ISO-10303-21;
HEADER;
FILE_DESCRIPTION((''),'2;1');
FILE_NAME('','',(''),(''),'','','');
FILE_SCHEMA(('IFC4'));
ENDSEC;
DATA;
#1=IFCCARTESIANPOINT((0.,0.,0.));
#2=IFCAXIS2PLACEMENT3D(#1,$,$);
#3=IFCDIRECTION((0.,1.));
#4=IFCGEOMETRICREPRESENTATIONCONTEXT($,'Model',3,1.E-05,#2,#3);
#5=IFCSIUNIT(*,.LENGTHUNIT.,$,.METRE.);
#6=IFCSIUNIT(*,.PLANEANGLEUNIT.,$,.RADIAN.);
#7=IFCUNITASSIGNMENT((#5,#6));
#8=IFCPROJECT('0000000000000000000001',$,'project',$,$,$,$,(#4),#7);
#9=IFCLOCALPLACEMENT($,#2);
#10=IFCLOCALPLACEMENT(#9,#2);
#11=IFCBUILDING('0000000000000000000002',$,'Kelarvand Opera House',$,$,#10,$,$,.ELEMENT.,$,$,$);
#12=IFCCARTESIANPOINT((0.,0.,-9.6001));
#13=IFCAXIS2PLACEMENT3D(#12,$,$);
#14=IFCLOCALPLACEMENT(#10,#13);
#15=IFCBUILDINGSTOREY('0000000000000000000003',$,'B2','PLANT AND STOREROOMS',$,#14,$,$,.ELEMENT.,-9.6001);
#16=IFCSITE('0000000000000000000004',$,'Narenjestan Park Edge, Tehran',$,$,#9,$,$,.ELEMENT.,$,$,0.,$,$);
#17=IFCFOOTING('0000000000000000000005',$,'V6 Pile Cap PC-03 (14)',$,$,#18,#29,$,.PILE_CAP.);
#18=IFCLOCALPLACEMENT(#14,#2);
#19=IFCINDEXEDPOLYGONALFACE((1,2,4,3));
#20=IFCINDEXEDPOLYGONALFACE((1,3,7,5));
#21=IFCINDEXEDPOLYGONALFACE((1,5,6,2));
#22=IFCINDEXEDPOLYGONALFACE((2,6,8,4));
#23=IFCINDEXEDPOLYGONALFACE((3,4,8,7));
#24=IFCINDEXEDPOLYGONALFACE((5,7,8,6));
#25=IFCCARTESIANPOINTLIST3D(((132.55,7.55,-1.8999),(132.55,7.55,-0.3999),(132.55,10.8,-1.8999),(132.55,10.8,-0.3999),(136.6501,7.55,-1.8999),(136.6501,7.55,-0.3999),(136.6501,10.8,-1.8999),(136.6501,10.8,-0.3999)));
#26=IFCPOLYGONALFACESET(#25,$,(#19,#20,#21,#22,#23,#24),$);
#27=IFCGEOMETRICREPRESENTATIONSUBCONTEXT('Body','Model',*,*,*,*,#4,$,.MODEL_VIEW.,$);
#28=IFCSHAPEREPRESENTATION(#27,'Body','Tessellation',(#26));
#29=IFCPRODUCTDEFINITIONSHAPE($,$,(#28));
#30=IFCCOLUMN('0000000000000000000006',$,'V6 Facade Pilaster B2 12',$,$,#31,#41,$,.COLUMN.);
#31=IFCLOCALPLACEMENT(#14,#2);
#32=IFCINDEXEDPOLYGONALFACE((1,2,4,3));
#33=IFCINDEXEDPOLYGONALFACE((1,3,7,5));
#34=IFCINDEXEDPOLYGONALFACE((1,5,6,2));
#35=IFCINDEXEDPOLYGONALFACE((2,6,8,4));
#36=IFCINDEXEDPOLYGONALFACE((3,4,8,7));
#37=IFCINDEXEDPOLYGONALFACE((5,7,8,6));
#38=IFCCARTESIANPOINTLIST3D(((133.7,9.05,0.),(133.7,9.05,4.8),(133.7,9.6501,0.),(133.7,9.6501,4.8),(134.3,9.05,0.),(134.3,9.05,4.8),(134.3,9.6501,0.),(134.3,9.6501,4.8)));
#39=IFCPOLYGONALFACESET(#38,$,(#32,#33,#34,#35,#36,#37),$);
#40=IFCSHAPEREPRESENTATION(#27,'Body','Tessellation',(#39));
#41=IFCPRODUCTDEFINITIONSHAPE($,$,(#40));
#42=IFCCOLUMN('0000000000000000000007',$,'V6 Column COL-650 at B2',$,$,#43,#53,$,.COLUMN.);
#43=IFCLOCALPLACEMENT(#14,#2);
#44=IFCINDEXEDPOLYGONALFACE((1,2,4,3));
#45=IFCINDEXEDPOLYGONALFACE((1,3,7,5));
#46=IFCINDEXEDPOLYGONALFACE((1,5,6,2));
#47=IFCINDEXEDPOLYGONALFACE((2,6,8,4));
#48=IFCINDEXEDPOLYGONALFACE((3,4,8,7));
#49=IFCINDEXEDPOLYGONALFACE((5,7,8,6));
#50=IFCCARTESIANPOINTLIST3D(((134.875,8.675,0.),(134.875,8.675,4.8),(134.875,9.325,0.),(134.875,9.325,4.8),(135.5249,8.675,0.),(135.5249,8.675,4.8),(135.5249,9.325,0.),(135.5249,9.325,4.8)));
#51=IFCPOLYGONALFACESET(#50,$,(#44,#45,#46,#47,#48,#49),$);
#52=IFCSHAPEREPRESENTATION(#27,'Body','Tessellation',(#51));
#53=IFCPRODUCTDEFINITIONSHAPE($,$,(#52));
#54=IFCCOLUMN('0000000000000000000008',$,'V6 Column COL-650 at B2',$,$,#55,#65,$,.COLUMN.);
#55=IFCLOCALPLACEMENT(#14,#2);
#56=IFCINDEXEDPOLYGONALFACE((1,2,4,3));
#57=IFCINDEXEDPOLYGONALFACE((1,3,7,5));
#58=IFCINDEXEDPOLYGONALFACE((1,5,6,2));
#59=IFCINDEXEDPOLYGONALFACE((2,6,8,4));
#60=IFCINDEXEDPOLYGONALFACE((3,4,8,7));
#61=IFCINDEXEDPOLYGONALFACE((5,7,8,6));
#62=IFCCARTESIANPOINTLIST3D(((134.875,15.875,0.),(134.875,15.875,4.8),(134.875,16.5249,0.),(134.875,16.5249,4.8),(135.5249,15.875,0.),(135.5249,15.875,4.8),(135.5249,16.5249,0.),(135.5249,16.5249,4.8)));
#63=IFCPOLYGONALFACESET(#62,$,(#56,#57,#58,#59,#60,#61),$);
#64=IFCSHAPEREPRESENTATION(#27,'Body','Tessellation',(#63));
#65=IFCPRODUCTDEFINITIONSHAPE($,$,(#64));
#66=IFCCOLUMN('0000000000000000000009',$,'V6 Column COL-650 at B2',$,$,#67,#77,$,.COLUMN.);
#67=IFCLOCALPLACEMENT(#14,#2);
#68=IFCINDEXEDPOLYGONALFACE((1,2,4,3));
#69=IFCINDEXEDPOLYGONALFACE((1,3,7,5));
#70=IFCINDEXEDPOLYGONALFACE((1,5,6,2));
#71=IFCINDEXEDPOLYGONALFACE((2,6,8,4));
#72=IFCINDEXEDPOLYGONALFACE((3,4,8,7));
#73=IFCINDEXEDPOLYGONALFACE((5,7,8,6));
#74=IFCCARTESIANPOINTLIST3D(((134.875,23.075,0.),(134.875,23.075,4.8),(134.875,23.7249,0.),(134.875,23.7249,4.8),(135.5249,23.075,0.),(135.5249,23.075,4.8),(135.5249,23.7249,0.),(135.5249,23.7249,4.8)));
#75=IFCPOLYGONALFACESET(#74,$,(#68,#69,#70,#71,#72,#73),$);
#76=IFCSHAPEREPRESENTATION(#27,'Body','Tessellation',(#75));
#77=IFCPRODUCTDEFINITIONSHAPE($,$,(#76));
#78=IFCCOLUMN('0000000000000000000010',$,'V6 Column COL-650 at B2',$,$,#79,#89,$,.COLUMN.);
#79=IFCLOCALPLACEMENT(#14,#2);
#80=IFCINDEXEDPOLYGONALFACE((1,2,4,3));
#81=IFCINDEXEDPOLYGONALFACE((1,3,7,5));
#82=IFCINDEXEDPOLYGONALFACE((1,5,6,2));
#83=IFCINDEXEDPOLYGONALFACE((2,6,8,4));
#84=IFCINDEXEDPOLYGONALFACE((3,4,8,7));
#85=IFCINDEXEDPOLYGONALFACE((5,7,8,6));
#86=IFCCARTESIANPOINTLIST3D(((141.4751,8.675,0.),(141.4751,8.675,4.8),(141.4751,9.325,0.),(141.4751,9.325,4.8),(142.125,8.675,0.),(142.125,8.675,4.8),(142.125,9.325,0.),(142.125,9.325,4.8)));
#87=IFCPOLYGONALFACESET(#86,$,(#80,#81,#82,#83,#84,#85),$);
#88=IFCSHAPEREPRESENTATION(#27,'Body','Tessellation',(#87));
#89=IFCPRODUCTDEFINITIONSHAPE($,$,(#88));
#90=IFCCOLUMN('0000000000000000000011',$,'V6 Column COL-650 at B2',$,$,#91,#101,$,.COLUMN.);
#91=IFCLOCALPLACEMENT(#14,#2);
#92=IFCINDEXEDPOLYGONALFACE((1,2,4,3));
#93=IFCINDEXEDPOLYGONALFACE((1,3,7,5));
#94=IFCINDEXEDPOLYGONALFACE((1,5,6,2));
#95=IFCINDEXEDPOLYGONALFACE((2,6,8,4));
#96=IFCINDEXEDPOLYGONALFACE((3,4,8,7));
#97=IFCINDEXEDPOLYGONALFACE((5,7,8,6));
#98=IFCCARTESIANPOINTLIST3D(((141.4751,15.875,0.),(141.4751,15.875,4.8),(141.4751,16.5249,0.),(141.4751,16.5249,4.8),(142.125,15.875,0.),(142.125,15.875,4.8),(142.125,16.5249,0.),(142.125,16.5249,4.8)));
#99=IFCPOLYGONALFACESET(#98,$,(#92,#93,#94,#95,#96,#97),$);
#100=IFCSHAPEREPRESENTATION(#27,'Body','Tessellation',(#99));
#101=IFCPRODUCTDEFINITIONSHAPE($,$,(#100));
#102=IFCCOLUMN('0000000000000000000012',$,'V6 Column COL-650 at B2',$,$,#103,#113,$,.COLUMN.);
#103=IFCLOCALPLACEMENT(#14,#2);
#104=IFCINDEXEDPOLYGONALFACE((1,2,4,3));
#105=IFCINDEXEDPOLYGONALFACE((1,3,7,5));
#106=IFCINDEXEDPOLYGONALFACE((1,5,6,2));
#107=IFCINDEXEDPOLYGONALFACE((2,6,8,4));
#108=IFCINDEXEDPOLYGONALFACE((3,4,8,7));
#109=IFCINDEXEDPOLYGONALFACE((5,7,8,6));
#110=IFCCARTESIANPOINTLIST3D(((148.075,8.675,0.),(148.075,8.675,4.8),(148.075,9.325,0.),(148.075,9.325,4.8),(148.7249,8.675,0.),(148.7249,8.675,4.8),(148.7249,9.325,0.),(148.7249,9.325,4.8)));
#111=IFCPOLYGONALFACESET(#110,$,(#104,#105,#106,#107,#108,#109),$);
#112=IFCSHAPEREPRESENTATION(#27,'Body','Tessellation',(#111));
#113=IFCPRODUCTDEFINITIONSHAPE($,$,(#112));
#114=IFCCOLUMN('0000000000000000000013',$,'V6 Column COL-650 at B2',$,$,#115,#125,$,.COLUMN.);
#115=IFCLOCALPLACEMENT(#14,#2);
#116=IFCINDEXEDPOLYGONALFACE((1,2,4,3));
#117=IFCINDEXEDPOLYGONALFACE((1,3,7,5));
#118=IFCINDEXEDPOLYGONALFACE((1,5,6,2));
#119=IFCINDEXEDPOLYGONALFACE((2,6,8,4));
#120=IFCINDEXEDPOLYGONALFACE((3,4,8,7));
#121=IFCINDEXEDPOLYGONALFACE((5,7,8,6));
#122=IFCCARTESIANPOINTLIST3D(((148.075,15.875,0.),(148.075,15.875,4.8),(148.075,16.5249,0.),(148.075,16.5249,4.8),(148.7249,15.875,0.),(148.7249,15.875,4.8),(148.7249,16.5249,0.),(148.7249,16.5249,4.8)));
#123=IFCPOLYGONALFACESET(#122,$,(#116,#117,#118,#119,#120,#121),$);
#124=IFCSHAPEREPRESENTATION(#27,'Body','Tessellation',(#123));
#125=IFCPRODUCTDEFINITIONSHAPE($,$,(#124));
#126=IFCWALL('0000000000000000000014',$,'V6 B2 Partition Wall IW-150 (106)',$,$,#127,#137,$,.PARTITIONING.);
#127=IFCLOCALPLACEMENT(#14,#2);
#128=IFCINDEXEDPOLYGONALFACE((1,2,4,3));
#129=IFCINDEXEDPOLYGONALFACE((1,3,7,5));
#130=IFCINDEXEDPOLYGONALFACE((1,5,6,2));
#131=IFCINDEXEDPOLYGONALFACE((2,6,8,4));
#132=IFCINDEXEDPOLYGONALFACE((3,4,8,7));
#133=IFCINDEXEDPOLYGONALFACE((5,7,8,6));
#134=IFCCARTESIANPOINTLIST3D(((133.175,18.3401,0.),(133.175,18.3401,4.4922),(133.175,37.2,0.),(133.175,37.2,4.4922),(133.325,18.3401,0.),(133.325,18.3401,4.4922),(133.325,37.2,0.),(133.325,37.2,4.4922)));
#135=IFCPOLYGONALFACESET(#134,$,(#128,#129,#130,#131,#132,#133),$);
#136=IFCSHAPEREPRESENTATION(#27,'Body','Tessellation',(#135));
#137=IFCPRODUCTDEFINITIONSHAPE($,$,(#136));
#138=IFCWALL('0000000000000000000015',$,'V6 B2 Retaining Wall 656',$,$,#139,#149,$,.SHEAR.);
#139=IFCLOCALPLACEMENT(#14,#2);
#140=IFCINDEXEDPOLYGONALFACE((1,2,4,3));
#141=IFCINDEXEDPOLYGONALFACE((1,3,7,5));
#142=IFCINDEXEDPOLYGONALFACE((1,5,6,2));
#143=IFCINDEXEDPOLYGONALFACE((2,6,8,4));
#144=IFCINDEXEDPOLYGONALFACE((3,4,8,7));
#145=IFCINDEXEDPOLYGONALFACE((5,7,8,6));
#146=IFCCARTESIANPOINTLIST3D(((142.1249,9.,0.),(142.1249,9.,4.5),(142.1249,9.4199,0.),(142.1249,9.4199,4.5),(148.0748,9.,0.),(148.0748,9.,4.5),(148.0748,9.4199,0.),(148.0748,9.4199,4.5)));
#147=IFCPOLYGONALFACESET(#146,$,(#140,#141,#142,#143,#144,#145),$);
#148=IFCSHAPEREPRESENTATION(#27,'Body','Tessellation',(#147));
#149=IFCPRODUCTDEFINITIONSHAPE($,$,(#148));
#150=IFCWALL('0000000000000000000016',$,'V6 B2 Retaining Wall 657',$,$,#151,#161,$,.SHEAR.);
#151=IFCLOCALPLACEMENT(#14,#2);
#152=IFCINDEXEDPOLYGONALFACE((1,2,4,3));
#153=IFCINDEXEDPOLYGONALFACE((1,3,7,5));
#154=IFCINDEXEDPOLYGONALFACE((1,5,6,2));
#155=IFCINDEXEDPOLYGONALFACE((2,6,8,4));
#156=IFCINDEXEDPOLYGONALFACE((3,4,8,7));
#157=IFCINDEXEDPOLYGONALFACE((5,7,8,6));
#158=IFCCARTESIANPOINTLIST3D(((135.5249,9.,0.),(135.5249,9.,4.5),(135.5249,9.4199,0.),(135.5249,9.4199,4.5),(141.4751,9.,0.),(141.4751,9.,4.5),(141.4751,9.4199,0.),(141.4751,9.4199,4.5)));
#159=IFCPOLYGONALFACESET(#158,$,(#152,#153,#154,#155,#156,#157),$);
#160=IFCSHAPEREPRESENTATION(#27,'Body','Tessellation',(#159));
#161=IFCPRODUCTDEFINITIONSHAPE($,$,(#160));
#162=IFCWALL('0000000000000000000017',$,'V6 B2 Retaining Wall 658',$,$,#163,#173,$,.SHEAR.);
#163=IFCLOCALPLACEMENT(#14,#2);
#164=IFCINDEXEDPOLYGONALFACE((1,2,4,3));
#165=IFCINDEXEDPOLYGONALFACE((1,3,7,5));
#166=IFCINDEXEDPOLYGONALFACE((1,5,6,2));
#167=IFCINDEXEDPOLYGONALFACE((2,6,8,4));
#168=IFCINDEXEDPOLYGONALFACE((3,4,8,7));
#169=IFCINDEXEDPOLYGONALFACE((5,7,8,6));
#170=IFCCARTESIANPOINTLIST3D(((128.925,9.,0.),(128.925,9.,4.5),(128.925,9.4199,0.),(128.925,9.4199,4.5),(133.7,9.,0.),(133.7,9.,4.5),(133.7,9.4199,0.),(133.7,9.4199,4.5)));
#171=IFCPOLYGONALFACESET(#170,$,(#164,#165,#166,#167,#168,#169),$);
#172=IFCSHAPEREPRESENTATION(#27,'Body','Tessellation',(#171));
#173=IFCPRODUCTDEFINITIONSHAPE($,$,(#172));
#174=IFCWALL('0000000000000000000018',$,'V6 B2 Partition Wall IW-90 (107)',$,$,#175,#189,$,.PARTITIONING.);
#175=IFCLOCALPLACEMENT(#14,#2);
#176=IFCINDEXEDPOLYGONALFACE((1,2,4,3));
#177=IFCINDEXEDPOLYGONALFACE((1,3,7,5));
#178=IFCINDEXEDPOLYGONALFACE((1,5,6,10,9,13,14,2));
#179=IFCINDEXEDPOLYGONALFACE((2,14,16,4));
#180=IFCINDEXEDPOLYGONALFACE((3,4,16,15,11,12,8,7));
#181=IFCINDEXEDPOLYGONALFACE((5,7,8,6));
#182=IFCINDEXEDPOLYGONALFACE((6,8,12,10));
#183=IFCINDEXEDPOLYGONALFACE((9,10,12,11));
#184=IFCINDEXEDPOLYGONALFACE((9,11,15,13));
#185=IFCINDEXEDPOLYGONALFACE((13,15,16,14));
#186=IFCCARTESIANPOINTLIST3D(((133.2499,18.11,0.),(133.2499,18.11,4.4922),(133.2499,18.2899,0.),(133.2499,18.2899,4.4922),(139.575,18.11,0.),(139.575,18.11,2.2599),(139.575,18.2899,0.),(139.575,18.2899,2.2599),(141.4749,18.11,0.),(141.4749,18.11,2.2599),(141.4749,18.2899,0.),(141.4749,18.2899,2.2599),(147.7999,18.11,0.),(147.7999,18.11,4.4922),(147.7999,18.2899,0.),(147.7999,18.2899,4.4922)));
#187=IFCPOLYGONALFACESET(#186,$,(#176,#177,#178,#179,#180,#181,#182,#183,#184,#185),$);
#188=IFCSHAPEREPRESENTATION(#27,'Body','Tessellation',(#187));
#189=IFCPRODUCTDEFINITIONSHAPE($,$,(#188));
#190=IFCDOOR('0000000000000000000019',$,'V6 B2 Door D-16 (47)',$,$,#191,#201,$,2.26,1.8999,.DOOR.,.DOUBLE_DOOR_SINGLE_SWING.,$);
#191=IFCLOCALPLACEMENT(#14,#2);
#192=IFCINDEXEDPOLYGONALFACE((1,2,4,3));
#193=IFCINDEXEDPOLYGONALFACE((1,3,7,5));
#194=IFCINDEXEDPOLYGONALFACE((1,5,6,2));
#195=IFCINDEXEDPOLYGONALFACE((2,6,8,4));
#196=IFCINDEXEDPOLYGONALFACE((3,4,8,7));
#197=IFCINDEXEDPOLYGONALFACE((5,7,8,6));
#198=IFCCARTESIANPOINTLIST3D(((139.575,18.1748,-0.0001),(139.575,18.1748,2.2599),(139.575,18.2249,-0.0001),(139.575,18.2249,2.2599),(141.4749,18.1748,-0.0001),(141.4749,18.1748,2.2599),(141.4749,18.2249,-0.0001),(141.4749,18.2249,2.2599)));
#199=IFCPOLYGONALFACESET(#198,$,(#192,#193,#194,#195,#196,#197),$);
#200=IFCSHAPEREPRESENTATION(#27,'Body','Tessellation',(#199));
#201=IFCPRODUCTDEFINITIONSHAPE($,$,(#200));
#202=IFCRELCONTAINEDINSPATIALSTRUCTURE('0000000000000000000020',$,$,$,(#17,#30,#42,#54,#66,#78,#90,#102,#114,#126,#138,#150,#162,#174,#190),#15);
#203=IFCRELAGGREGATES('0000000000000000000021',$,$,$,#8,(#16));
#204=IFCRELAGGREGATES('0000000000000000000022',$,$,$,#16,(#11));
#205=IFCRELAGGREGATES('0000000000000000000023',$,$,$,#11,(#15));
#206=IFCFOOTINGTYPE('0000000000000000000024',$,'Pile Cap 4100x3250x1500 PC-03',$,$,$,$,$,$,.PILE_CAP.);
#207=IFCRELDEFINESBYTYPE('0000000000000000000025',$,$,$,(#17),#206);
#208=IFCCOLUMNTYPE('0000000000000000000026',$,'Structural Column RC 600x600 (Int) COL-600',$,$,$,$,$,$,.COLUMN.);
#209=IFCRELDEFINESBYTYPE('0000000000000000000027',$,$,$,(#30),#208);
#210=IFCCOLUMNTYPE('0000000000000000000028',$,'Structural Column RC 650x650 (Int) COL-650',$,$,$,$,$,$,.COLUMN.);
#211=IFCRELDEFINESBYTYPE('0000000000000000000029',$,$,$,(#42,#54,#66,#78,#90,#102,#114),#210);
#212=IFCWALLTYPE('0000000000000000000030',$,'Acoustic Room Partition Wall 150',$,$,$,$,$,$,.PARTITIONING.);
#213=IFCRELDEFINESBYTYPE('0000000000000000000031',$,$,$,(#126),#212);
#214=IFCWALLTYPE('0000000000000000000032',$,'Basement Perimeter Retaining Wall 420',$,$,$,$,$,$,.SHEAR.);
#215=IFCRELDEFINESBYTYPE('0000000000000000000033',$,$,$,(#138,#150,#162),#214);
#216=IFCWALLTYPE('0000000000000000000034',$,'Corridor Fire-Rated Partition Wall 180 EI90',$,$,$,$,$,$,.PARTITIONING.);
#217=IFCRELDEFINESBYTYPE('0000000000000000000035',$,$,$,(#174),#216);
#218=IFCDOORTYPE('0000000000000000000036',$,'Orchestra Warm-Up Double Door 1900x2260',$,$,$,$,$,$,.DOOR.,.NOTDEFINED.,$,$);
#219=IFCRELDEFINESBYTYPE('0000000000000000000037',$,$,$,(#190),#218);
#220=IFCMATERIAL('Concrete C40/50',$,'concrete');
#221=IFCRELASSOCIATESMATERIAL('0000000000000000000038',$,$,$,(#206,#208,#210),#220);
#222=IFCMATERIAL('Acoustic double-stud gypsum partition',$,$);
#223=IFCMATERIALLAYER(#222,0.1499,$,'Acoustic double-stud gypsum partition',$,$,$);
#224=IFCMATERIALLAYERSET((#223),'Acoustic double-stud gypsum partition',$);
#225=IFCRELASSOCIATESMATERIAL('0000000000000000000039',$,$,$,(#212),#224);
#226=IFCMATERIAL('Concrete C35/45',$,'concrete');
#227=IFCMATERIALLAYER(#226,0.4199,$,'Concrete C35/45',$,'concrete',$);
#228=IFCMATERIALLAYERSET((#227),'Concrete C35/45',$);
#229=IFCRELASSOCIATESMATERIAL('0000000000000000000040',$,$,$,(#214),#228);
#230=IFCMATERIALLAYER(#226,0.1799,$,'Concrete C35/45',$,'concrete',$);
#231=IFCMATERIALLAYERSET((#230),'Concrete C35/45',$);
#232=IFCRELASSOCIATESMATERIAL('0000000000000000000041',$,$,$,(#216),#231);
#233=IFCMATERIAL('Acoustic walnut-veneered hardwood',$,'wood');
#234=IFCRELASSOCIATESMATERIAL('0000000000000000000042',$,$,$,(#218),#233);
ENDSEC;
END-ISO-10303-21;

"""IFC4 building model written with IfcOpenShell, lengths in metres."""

from ifc_helpers import new_model, si_unit, direction, frame, frame_2d, origin, origin_2d, place, context, subcontext, project, spatial, rectangle, extrude, material, layer, layer_set, material_profile, profile_set, type_object, element, fill, save


model = new_model("IFC4")

# Units and contexts
model_context = context("Model", 3, precision=1e-05, world=origin(), true_north=direction((0.0, 1.0)))
body_context = subcontext(model_context, "Body", "Model", "MODEL_VIEW")
ifc_project = project(units=[si_unit("LENGTHUNIT", "METRE"), si_unit("PLANEANGLEUNIT", "RADIAN")], contexts=[model_context])

# Site, building, storey
site_placement = place(None, origin())
site = spatial("IfcSite", under=ifc_project, at=site_placement, Name="Narenjestan Park Edge, Tehran", CompositionType="ELEMENT", RefElevation=0.0)
building_placement = place(site_placement, origin())
building = spatial("IfcBuilding", under=site, at=building_placement, Name="Kelarvand Opera House", CompositionType="ELEMENT")
storey_placement = place(building_placement, frame((0.0, 0.0, -9.6001)))
storey = spatial("IfcBuildingStorey", under=building, at=storey_placement, Name="B2", Description="PLANT AND STOREROOMS", CompositionType="ELEMENT", Elevation=-9.6001)

# Shared definitions
ifc_material_1 = material(Name="Concrete C40/50", Category="concrete")

# Footing
footing_type_1 = type_object("IfcFootingType", Name="Pile Cap 4100x3250x1500 PC-03", PredefinedType="PILE_CAP", material=ifc_material_1)
footing_placement = place(storey_placement, frame((134.6001, 9.175, -1.8999), z_axis=(0.0, 0.0, 1.0), x_axis=(1.0, 0.0, 0.0)))
element("IfcFooting", 1, at=footing_placement, inside=storey, type_object=footing_type_1, Name="V6 Pile Cap PC-03 (14)", PredefinedType="PILE_CAP", context=body_context, shape_type="SweptSolid", body=[
    extrude(rectangle(XDim=4.1001, YDim=3.25, at=origin_2d()), origin(), (0.0, 0.0, 1.0), 1.5),
])

# Columns
ifc_material_profile_1 = material_profile(ifc_material_1, rectangle(XDim=0.6001, YDim=0.6001, at=origin_2d()), Name="RC 600x600", Category="concrete")
ifc_profile_set_1 = profile_set([ifc_material_profile_1], Name="Concrete C40/50")
column_type_1 = type_object("IfcColumnType", Name="Structural Column RC 600x600 (Int) COL-600", PredefinedType="COLUMN", material=ifc_profile_set_1)
column_placement = place(storey_placement, frame((134.0, 9.3501, 0.0), z_axis=(0.0, 0.0, 1.0), x_axis=(1.0, 0.0, 0.0)))
element("IfcColumn", 2, at=column_placement, inside=storey, type_object=column_type_1, Name="V6 Facade Pilaster B2 12", PredefinedType="COLUMN", context=body_context, shape_type="SweptSolid", body=[
    extrude(rectangle(XDim=0.6001, YDim=0.6001, at=origin_2d()), origin(), (0.0, 0.0, 1.0), 4.8),
])
ifc_material_profile_2 = material_profile(ifc_material_1, rectangle(XDim=0.6499, YDim=0.6499, at=origin_2d()), Name="RC 650x650", Category="concrete")
ifc_profile_set_2 = profile_set([ifc_material_profile_2], Name="Concrete C40/50")
column_type_2 = type_object("IfcColumnType", Name="Structural Column RC 650x650 (Int) COL-650", PredefinedType="COLUMN", material=ifc_profile_set_2)
for number, where, z_axis, x_axis, name in (
    (3, (135.2, 9.0, 0.0), (0.0, 0.0, 1.0), (1.0, 0.0, 0.0), "V6 Column COL-650 at B2"),
    (4, (135.2, 16.2, 0.0), (0.0, 0.0, 1.0), (1.0, 0.0, 0.0), "V6 Column COL-650 at B2"),
    (5, (135.2, 23.3999, 0.0), (0.0, 0.0, 1.0), (1.0, 0.0, 0.0), "V6 Column COL-650 at B2"),
    (6, (141.8, 9.0, 0.0), (0.0, 0.0, 1.0), (1.0, 0.0, 0.0), "V6 Column COL-650 at B2"),
    (7, (141.8, 16.2, 0.0), (0.0, 0.0, 1.0), (1.0, 0.0, 0.0), "V6 Column COL-650 at B2"),
    (8, (148.3999, 9.0, 0.0), (0.0, 0.0, 1.0), (1.0, 0.0, 0.0), "V6 Column COL-650 at B2"),
    (9, (148.3999, 16.2, 0.0), (0.0, 0.0, 1.0), (1.0, 0.0, 0.0), "V6 Column COL-650 at B2"),
):
    element("IfcColumn", number, at=place(storey_placement, frame(where, z_axis=z_axis, x_axis=x_axis)), inside=storey, type_object=column_type_2, Name=name, PredefinedType="COLUMN", context=body_context, shape_type="SweptSolid", body=[
        extrude(rectangle(XDim=0.6499, YDim=0.6499, at=origin_2d()), origin(), (0.0, 0.0, 1.0), 4.8),
    ])

# Walls
ifc_material_2 = material(Name="Acoustic double-stud gypsum partition")
ifc_layer_1 = layer(ifc_material_2, 0.1499, Name="Acoustic double-stud gypsum partition")
ifc_layer_set_1 = layer_set([ifc_layer_1], Name="Acoustic double-stud gypsum partition")
wall_type_1 = type_object("IfcWallType", Name="Acoustic Room Partition Wall 150", PredefinedType="PARTITIONING", material=ifc_layer_set_1)
wall_1_placement = place(storey_placement, frame((133.25, 18.3401, 0.0), z_axis=(0.0, 0.0, 1.0), x_axis=(0.0, 1.0, 0.0)))
element("IfcWall", 10, at=wall_1_placement, inside=storey, type_object=wall_type_1, Name="V6 B2 Partition Wall IW-150 (106)", PredefinedType="PARTITIONING", context=body_context, shape_type="SweptSolid", body=[
    extrude(rectangle(XDim=18.8599, YDim=0.1499, at=frame_2d((9.4299, 0.0))), origin(), (0.0, 0.0, 1.0), 4.4922),
])
ifc_material_3 = material(Name="Concrete C35/45", Category="concrete")
ifc_layer_2 = layer(ifc_material_3, 0.4199, Name="Concrete C35/45", Category="concrete")
ifc_layer_set_2 = layer_set([ifc_layer_2], Name="Concrete C35/45")
wall_type_2 = type_object("IfcWallType", Name="Basement Perimeter Retaining Wall 420", PredefinedType="SHEAR", material=ifc_layer_set_2)
wall_2_placement = place(storey_placement, frame((148.075, 9.21, 0.0), z_axis=(0.0, 0.0, 1.0), x_axis=(-1.0, 0.0, 0.0)))
element("IfcWall", 11, at=wall_2_placement, inside=storey, type_object=wall_type_2, Name="V6 B2 Retaining Wall 656", PredefinedType="SHEAR", context=body_context, shape_type="SweptSolid", body=[
    extrude(rectangle(XDim=5.95, YDim=0.4199, at=frame_2d((2.9751, 0.0))), origin(), (0.0, 0.0, 1.0), 4.5),
])
wall_3_placement = place(storey_placement, frame((141.4751, 9.21, 0.0), z_axis=(0.0, 0.0, 1.0), x_axis=(-1.0, 0.0, 0.0)))
element("IfcWall", 12, at=wall_3_placement, inside=storey, type_object=wall_type_2, Name="V6 B2 Retaining Wall 657", PredefinedType="SHEAR", context=body_context, shape_type="SweptSolid", body=[
    extrude(rectangle(XDim=5.9502, YDim=0.4199, at=frame_2d((2.9751, 0.0))), origin(), (0.0, 0.0, 1.0), 4.5),
])
wall_4_placement = place(storey_placement, frame((133.7, 9.21, 0.0), z_axis=(0.0, 0.0, 1.0), x_axis=(-1.0, 0.0, 0.0)))
element("IfcWall", 13, at=wall_4_placement, inside=storey, type_object=wall_type_2, Name="V6 B2 Retaining Wall 658", PredefinedType="SHEAR", context=body_context, shape_type="SweptSolid", body=[
    extrude(rectangle(XDim=4.7749, YDim=0.4199, at=frame_2d((2.3875, 0.0))), origin(), (0.0, 0.0, 1.0), 4.5),
])

# Wall, opening, door
ifc_layer_3 = layer(ifc_material_3, 0.1799, Name="Concrete C35/45", Category="concrete")
ifc_layer_set_3 = layer_set([ifc_layer_3], Name="Concrete C35/45")
wall_type_3 = type_object("IfcWallType", Name="Corridor Fire-Rated Partition Wall 180 EI90", PredefinedType="PARTITIONING", material=ifc_layer_set_3)
wall_5_placement = place(storey_placement, frame((133.25, 18.2, 0.0), z_axis=(0.0, 0.0, 1.0), x_axis=(1.0, 0.0, 0.0)))
wall_5 = element("IfcWall", 14, at=wall_5_placement, inside=storey, type_object=wall_type_3, Name="V6 B2 Partition Wall IW-90 (107)", PredefinedType="PARTITIONING", context=body_context, shape_type="SweptSolid", body=[
    extrude(rectangle(XDim=14.55, YDim=0.1799, at=frame_2d((7.2749, 0.0))), origin(), (0.0, 0.0, 1.0), 4.4922),
])
opening_placement = place(wall_5_placement, frame((6.325, 0.0, 0.0)))
opening = element("IfcOpeningElement", 15, at=opening_placement, cuts=wall_5, PredefinedType="OPENING", context=body_context, shape_type="SweptSolid", body=[
    extrude(rectangle(XDim=1.8999, YDim=2.26, at=frame_2d((0.95, 1.1299))), frame((0.0, 0.1001, 0.0), z_axis=(0.0, -1.0, 0.0), x_axis=(1.0, 0.0, 0.0)), (0.0, 0.0, 1.0), 0.2),
])
ifc_material_4 = material(Name="Acoustic walnut-veneered hardwood", Category="wood")
door_type = type_object("IfcDoorType", Name="Orchestra Warm-Up Double Door 1900x2260", OperationType="NOTDEFINED", PredefinedType="DOOR", material=ifc_material_4)
door_placement = place(opening_placement, origin())
door = element("IfcDoor", 16, at=door_placement, inside=storey, type_object=door_type, Name="V6 B2 Door D-16 (47)", OperationType="DOUBLE_DOOR_SINGLE_SWING", OverallHeight=2.26, OverallWidth=1.8999, PredefinedType="DOOR", context=body_context, shape_type="SweptSolid", body=[
    extrude(rectangle(XDim=1.8999, YDim=2.26, at=frame_2d((0.95, 1.1299))), frame((0.0, 0.0249, 0.0), z_axis=(0.0, -1.0, 0.0), x_axis=(1.0, 0.0, 0.0)), (0.0, 0.0, 1.0), 0.05),
])
fill(opening, door)

save(model, "model.ifc")
